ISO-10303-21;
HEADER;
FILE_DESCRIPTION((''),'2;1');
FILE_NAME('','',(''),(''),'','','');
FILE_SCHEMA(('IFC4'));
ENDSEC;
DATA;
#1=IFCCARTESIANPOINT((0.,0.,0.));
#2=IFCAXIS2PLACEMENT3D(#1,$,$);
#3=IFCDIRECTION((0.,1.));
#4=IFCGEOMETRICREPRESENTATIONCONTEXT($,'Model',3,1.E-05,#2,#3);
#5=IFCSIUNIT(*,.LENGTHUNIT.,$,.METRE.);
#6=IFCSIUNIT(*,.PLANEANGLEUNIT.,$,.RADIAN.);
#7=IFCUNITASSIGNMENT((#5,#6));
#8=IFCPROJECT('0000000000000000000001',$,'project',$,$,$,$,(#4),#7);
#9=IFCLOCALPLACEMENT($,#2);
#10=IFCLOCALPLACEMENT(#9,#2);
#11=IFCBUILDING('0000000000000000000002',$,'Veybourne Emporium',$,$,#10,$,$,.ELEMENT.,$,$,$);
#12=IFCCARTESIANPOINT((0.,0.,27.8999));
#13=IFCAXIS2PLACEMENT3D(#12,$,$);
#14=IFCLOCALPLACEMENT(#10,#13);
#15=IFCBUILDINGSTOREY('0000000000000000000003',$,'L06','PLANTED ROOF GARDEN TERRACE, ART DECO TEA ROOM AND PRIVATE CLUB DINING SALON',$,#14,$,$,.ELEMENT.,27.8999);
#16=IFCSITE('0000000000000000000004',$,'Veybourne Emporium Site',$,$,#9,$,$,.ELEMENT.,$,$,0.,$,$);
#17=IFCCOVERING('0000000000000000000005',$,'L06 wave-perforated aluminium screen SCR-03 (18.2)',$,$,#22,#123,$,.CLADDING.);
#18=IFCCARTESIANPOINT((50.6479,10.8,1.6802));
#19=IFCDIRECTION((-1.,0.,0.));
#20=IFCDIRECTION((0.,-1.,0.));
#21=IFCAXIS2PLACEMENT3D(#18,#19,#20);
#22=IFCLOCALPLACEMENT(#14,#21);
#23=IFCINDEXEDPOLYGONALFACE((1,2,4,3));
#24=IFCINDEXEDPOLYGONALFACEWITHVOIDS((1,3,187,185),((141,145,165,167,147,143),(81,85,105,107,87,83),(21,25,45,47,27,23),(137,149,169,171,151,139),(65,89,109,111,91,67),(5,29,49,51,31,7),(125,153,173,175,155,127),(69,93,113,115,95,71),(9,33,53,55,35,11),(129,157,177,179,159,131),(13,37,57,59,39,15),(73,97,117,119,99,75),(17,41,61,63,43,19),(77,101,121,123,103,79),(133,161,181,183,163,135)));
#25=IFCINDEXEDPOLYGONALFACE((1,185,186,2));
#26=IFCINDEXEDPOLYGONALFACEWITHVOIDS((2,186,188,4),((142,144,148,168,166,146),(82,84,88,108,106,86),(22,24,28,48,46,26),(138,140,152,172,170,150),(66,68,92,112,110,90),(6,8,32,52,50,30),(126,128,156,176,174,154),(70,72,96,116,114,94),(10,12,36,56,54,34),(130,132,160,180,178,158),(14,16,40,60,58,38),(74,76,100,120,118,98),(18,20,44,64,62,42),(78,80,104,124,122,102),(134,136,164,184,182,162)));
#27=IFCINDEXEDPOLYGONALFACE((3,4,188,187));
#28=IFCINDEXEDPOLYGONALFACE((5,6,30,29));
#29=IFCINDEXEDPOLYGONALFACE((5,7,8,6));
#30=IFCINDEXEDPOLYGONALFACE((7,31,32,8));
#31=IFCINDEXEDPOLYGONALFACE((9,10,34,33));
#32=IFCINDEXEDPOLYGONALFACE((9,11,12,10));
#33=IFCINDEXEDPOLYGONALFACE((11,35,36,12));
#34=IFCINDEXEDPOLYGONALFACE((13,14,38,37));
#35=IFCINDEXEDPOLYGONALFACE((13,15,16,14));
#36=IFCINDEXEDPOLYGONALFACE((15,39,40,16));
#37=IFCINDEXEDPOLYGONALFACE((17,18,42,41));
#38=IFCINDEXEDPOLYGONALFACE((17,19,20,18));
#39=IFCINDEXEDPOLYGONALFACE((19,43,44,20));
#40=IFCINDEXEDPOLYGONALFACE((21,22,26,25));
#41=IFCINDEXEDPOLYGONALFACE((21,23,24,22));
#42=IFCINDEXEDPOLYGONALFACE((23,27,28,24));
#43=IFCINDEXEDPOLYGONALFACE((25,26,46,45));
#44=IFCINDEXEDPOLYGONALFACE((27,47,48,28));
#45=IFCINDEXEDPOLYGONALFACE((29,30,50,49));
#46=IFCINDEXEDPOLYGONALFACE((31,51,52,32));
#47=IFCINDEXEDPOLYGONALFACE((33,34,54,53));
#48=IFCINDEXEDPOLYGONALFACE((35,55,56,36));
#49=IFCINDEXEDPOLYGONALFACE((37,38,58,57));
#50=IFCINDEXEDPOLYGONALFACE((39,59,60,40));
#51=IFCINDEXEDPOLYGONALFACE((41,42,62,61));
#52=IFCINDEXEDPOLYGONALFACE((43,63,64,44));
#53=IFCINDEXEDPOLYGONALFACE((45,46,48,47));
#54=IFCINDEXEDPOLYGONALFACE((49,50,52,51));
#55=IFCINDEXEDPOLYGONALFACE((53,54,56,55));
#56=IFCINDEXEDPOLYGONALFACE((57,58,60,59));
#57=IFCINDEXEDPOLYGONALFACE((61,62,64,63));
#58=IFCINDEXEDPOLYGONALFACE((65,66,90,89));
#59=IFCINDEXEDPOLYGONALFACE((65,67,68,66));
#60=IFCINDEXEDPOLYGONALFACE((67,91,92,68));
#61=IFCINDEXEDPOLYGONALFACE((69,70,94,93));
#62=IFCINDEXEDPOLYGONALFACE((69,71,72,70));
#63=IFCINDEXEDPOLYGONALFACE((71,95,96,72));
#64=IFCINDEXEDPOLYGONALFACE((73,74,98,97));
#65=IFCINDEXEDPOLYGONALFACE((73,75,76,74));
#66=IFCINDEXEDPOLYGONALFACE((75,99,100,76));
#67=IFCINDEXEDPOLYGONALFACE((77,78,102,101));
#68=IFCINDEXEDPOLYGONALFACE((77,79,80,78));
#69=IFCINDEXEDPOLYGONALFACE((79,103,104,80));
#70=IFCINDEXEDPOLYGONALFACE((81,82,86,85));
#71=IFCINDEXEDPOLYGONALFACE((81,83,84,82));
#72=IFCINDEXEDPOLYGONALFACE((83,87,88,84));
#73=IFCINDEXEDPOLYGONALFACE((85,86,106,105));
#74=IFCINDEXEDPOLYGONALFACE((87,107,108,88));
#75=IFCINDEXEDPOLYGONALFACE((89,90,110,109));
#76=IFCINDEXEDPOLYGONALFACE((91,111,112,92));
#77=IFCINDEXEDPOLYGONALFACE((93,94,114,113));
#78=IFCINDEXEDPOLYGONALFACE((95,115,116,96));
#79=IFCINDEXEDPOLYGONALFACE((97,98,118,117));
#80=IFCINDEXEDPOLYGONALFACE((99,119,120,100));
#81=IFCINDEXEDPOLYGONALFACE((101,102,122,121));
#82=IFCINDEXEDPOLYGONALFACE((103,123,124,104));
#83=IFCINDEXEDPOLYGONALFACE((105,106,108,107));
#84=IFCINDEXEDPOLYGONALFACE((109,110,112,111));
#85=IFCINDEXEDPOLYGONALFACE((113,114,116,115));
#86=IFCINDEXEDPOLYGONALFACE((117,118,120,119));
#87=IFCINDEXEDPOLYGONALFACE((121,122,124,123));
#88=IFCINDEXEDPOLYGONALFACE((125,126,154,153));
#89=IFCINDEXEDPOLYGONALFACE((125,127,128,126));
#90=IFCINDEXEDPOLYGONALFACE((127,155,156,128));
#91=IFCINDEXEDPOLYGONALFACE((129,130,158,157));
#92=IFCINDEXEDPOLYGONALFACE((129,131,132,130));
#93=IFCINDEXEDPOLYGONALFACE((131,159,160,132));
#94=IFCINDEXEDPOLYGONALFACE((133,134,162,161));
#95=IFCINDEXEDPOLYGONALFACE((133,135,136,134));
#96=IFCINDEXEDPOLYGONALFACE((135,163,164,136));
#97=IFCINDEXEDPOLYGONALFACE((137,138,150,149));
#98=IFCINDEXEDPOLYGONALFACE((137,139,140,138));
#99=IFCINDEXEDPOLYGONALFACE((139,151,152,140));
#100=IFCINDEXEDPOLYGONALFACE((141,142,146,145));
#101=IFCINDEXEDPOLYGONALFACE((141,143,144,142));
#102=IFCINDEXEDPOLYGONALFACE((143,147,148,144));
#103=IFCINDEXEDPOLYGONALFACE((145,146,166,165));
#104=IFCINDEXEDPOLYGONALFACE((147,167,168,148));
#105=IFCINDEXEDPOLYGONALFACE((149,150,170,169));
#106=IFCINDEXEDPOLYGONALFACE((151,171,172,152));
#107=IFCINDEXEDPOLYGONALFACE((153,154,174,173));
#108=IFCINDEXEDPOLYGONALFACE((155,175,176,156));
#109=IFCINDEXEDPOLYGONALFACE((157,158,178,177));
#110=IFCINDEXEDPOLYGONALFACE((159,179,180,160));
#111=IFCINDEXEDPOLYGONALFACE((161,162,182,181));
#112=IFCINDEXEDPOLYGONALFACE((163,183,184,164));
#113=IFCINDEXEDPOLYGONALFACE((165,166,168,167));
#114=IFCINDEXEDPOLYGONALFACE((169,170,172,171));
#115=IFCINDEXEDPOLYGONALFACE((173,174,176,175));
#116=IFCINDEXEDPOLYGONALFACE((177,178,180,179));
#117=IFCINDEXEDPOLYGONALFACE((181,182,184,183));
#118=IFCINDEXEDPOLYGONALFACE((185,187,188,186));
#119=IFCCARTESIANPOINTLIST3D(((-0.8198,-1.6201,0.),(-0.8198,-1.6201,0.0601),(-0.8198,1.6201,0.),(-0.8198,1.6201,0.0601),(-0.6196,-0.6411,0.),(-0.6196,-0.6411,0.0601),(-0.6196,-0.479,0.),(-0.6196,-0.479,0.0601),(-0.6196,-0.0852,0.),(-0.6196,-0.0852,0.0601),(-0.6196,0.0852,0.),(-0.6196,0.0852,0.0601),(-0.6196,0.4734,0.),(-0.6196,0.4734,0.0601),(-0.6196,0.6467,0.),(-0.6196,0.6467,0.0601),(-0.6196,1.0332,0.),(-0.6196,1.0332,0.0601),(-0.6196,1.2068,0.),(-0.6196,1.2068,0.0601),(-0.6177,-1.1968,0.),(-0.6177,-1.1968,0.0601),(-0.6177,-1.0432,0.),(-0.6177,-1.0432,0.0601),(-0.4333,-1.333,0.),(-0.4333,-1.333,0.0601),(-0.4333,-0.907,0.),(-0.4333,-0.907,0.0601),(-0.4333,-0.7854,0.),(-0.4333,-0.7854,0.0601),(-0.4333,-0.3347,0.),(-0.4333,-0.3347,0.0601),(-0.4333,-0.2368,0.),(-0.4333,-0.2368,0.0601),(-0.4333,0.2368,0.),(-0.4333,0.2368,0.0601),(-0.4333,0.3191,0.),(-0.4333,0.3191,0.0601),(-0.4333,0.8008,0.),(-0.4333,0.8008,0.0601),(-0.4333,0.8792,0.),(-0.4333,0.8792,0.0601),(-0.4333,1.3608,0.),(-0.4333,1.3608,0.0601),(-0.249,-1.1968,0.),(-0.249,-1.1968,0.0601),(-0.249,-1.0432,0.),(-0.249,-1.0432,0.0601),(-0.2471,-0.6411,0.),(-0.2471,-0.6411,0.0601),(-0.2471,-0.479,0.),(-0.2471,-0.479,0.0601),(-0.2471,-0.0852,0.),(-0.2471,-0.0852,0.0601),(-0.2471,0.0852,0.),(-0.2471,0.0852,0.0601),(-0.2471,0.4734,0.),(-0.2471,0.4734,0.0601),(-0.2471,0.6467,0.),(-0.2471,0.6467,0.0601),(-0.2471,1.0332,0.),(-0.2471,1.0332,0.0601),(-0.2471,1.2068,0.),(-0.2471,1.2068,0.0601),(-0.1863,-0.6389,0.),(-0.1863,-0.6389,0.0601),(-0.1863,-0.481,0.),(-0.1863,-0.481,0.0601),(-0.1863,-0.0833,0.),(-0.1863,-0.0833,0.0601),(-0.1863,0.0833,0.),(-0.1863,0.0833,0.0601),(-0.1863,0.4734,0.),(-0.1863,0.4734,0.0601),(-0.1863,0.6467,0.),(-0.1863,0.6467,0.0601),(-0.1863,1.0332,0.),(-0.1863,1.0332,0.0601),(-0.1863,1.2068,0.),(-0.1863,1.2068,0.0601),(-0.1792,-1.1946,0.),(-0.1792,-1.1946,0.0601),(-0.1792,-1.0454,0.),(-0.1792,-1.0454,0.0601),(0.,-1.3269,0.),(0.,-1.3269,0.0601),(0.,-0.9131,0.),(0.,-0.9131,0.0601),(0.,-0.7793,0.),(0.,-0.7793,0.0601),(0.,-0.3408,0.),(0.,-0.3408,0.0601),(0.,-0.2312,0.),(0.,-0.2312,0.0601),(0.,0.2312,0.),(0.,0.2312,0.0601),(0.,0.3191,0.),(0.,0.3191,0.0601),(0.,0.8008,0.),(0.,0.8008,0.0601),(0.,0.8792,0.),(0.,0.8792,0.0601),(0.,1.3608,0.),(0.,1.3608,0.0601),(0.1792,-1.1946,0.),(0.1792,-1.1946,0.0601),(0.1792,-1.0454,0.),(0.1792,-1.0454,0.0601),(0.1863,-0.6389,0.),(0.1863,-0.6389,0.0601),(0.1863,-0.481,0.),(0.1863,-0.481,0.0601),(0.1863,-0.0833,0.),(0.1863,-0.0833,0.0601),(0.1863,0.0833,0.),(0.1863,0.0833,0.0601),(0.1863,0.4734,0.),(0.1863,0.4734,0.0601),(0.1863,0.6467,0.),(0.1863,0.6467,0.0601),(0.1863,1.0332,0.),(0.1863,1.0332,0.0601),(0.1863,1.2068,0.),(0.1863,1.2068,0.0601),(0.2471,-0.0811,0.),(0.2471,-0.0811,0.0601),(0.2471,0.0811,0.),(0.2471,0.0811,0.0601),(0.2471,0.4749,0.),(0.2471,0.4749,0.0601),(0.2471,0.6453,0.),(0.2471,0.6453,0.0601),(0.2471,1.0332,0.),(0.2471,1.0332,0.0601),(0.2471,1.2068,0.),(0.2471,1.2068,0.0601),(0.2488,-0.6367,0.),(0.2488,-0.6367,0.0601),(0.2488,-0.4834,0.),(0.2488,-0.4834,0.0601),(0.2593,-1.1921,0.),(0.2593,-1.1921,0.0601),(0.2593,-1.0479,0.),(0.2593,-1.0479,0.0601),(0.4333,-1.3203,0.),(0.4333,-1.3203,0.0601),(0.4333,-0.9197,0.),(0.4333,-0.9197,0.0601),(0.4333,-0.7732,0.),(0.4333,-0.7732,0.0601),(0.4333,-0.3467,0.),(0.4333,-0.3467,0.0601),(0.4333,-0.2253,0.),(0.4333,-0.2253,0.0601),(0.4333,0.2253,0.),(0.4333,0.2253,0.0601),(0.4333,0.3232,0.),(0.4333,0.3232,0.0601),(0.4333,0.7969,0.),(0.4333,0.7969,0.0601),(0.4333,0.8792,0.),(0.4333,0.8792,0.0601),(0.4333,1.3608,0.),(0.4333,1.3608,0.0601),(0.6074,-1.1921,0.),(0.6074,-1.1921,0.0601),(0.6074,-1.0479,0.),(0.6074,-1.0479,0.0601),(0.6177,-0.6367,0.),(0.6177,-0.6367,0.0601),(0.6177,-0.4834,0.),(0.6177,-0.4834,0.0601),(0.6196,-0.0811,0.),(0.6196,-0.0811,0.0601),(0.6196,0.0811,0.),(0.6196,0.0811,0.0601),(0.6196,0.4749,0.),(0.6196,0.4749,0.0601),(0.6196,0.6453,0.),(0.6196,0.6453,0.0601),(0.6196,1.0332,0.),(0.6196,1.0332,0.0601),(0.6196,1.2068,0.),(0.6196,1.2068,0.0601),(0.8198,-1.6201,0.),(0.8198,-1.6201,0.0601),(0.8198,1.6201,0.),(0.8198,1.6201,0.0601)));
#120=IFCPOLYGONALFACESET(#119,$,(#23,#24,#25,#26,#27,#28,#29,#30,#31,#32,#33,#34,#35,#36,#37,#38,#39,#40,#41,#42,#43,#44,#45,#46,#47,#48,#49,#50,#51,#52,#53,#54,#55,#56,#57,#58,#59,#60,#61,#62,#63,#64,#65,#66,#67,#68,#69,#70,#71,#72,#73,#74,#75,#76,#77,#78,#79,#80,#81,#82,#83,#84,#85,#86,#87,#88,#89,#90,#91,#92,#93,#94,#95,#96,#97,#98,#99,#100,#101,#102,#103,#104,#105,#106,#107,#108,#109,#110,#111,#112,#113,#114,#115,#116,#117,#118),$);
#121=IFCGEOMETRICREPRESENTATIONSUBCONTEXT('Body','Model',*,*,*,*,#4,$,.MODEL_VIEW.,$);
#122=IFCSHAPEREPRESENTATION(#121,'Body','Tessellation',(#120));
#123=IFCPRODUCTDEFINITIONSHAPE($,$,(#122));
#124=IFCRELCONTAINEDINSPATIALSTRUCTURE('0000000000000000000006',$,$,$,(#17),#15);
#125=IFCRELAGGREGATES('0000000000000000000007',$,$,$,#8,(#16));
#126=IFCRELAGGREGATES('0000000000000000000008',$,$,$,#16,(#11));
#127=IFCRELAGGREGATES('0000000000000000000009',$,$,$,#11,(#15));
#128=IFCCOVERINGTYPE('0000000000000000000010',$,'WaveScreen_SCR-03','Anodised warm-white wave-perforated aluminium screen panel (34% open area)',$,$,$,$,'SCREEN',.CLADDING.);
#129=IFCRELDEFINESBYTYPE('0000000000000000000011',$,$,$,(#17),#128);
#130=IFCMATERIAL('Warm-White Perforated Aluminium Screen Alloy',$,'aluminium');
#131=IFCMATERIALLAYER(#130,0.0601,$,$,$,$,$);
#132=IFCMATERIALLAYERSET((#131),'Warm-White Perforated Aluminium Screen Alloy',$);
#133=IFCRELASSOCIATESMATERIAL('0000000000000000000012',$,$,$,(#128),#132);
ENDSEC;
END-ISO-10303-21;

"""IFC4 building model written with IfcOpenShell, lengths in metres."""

from ifc_helpers import new_model, si_unit, direction, frame, origin, place, context, subcontext, project, spatial, polyline, outline, extrude, material, layer, layer_set, type_object, element, save


model = new_model("IFC4")

# Units and contexts
model_context = context("Model", 3, precision=1e-05, world=origin(), true_north=direction((0.0, 1.0)))
body_context = subcontext(model_context, "Body", "Model", "MODEL_VIEW")
ifc_project = project(units=[si_unit("LENGTHUNIT", "METRE"), si_unit("PLANEANGLEUNIT", "RADIAN")], contexts=[model_context])

# Site, building, storey
site_placement = place(None, origin())
site = spatial("IfcSite", under=ifc_project, at=site_placement, Name="Veybourne Emporium Site", CompositionType="ELEMENT", RefElevation=0.0)
building_placement = place(site_placement, origin())
building = spatial("IfcBuilding", under=site, at=building_placement, Name="Veybourne Emporium", CompositionType="ELEMENT")
storey_placement = place(building_placement, frame((0.0, 0.0, 27.8999)))
storey = spatial("IfcBuildingStorey", under=building, at=storey_placement, Name="L06", Description="PLANTED ROOF GARDEN TERRACE, ART DECO TEA ROOM AND PRIVATE CLUB DINING SALON", CompositionType="ELEMENT", Elevation=27.8999)

# Covering
ifc_material_1 = material(Name="Warm-White Perforated Aluminium Screen Alloy", Category="aluminium")
ifc_layer_1 = layer(ifc_material_1, 0.0601)
ifc_layer_set_1 = layer_set([ifc_layer_1], Name="Warm-White Perforated Aluminium Screen Alloy")
covering_type_1 = type_object("IfcCoveringType", Name="WaveScreen_SCR-03", Description="Anodised warm-white wave-perforated aluminium screen panel (34% open area)", ElementType="SCREEN", PredefinedType="CLADDING", material=ifc_layer_set_1)
covering_1_placement = place(storey_placement, frame((50.6479, 10.8, 1.6802), z_axis=(-1.0, 0.0, 0.0), x_axis=(0.0, -1.0, 0.0)))
element("IfcCovering", 1, at=covering_1_placement, inside=storey, type_object=covering_type_1, Name="L06 wave-perforated aluminium screen SCR-03 (18.2)", PredefinedType="CLADDING", context=body_context, shape_type="SweptSolid", body=[
    extrude(outline(polyline([(-0.8198, -1.6201), (0.8198, -1.6201), (0.8198, 1.6201), (-0.8198, 1.6201), (-0.8198, -1.6201)]), holes=[polyline([(-0.4333, -0.907), (-0.249, -1.0432), (-0.249, -1.1968), (-0.4333, -1.333), (-0.6177, -1.1968), (-0.6177, -1.0432), (-0.4333, -0.907)]), polyline([(-0.4333, -0.3347), (-0.2471, -0.479), (-0.2471, -0.6411), (-0.4333, -0.7854), (-0.6196, -0.6411), (-0.6196, -0.479), (-0.4333, -0.3347)]), polyline([(-0.4333, 0.2368), (-0.2471, 0.0852), (-0.2471, -0.0852), (-0.4333, -0.2368), (-0.6196, -0.0852), (-0.6196, 0.0852), (-0.4333, 0.2368)]), polyline([(-0.4333, 0.8008), (-0.2471, 0.6467), (-0.2471, 0.4734), (-0.4333, 0.3191), (-0.6196, 0.4734), (-0.6196, 0.6467), (-0.4333, 0.8008)]), polyline([(-0.4333, 1.3608), (-0.2471, 1.2068), (-0.2471, 1.0332), (-0.4333, 0.8792), (-0.6196, 1.0332), (-0.6196, 1.2068), (-0.4333, 1.3608)]), polyline([(0.0, -0.9131), (0.1792, -1.0454), (0.1792, -1.1946), (0.0, -1.3269), (-0.1792, -1.1946), (-0.1792, -1.0454), (0.0, -0.9131)]), polyline([(0.0, -0.3408), (0.1863, -0.481), (0.1863, -0.6389), (0.0, -0.7793), (-0.1863, -0.6389), (-0.1863, -0.481), (0.0, -0.3408)]), polyline([(0.0, 0.2312), (0.1863, 0.0833), (0.1863, -0.0833), (0.0, -0.2312), (-0.1863, -0.0833), (-0.1863, 0.0833), (0.0, 0.2312)]), polyline([(0.0, 0.8008), (0.1863, 0.6467), (0.1863, 0.4734), (0.0, 0.3191), (-0.1863, 0.4734), (-0.1863, 0.6467), (0.0, 0.8008)]), polyline([(0.0, 1.3608), (0.1863, 1.2068), (0.1863, 1.0332), (0.0, 0.8792), (-0.1863, 1.0332), (-0.1863, 1.2068), (0.0, 1.3608)]), polyline([(0.4333, -0.9197), (0.6074, -1.0479), (0.6074, -1.1921), (0.4333, -1.3203), (0.2593, -1.1921), (0.2593, -1.0479), (0.4333, -0.9197)]), polyline([(0.4333, -0.3467), (0.6177, -0.4834), (0.6177, -0.6367), (0.4333, -0.7732), (0.2488, -0.6367), (0.2488, -0.4834), (0.4333, -0.3467)]), polyline([(0.4333, 0.2253), (0.6196, 0.0811), (0.6196, -0.0811), (0.4333, -0.2253), (0.2471, -0.0811), (0.2471, 0.0811), (0.4333, 0.2253)]), polyline([(0.4333, 0.7969), (0.6196, 0.6453), (0.6196, 0.4749), (0.4333, 0.3232), (0.2471, 0.4749), (0.2471, 0.6453), (0.4333, 0.7969)]), polyline([(0.4333, 1.3608), (0.6196, 1.2068), (0.6196, 1.0332), (0.4333, 0.8792), (0.2471, 1.0332), (0.2471, 1.2068), (0.4333, 1.3608)])]), origin(), (0.0, 0.0, 1.0), 0.0601),
])

save(model, "model.ifc")
